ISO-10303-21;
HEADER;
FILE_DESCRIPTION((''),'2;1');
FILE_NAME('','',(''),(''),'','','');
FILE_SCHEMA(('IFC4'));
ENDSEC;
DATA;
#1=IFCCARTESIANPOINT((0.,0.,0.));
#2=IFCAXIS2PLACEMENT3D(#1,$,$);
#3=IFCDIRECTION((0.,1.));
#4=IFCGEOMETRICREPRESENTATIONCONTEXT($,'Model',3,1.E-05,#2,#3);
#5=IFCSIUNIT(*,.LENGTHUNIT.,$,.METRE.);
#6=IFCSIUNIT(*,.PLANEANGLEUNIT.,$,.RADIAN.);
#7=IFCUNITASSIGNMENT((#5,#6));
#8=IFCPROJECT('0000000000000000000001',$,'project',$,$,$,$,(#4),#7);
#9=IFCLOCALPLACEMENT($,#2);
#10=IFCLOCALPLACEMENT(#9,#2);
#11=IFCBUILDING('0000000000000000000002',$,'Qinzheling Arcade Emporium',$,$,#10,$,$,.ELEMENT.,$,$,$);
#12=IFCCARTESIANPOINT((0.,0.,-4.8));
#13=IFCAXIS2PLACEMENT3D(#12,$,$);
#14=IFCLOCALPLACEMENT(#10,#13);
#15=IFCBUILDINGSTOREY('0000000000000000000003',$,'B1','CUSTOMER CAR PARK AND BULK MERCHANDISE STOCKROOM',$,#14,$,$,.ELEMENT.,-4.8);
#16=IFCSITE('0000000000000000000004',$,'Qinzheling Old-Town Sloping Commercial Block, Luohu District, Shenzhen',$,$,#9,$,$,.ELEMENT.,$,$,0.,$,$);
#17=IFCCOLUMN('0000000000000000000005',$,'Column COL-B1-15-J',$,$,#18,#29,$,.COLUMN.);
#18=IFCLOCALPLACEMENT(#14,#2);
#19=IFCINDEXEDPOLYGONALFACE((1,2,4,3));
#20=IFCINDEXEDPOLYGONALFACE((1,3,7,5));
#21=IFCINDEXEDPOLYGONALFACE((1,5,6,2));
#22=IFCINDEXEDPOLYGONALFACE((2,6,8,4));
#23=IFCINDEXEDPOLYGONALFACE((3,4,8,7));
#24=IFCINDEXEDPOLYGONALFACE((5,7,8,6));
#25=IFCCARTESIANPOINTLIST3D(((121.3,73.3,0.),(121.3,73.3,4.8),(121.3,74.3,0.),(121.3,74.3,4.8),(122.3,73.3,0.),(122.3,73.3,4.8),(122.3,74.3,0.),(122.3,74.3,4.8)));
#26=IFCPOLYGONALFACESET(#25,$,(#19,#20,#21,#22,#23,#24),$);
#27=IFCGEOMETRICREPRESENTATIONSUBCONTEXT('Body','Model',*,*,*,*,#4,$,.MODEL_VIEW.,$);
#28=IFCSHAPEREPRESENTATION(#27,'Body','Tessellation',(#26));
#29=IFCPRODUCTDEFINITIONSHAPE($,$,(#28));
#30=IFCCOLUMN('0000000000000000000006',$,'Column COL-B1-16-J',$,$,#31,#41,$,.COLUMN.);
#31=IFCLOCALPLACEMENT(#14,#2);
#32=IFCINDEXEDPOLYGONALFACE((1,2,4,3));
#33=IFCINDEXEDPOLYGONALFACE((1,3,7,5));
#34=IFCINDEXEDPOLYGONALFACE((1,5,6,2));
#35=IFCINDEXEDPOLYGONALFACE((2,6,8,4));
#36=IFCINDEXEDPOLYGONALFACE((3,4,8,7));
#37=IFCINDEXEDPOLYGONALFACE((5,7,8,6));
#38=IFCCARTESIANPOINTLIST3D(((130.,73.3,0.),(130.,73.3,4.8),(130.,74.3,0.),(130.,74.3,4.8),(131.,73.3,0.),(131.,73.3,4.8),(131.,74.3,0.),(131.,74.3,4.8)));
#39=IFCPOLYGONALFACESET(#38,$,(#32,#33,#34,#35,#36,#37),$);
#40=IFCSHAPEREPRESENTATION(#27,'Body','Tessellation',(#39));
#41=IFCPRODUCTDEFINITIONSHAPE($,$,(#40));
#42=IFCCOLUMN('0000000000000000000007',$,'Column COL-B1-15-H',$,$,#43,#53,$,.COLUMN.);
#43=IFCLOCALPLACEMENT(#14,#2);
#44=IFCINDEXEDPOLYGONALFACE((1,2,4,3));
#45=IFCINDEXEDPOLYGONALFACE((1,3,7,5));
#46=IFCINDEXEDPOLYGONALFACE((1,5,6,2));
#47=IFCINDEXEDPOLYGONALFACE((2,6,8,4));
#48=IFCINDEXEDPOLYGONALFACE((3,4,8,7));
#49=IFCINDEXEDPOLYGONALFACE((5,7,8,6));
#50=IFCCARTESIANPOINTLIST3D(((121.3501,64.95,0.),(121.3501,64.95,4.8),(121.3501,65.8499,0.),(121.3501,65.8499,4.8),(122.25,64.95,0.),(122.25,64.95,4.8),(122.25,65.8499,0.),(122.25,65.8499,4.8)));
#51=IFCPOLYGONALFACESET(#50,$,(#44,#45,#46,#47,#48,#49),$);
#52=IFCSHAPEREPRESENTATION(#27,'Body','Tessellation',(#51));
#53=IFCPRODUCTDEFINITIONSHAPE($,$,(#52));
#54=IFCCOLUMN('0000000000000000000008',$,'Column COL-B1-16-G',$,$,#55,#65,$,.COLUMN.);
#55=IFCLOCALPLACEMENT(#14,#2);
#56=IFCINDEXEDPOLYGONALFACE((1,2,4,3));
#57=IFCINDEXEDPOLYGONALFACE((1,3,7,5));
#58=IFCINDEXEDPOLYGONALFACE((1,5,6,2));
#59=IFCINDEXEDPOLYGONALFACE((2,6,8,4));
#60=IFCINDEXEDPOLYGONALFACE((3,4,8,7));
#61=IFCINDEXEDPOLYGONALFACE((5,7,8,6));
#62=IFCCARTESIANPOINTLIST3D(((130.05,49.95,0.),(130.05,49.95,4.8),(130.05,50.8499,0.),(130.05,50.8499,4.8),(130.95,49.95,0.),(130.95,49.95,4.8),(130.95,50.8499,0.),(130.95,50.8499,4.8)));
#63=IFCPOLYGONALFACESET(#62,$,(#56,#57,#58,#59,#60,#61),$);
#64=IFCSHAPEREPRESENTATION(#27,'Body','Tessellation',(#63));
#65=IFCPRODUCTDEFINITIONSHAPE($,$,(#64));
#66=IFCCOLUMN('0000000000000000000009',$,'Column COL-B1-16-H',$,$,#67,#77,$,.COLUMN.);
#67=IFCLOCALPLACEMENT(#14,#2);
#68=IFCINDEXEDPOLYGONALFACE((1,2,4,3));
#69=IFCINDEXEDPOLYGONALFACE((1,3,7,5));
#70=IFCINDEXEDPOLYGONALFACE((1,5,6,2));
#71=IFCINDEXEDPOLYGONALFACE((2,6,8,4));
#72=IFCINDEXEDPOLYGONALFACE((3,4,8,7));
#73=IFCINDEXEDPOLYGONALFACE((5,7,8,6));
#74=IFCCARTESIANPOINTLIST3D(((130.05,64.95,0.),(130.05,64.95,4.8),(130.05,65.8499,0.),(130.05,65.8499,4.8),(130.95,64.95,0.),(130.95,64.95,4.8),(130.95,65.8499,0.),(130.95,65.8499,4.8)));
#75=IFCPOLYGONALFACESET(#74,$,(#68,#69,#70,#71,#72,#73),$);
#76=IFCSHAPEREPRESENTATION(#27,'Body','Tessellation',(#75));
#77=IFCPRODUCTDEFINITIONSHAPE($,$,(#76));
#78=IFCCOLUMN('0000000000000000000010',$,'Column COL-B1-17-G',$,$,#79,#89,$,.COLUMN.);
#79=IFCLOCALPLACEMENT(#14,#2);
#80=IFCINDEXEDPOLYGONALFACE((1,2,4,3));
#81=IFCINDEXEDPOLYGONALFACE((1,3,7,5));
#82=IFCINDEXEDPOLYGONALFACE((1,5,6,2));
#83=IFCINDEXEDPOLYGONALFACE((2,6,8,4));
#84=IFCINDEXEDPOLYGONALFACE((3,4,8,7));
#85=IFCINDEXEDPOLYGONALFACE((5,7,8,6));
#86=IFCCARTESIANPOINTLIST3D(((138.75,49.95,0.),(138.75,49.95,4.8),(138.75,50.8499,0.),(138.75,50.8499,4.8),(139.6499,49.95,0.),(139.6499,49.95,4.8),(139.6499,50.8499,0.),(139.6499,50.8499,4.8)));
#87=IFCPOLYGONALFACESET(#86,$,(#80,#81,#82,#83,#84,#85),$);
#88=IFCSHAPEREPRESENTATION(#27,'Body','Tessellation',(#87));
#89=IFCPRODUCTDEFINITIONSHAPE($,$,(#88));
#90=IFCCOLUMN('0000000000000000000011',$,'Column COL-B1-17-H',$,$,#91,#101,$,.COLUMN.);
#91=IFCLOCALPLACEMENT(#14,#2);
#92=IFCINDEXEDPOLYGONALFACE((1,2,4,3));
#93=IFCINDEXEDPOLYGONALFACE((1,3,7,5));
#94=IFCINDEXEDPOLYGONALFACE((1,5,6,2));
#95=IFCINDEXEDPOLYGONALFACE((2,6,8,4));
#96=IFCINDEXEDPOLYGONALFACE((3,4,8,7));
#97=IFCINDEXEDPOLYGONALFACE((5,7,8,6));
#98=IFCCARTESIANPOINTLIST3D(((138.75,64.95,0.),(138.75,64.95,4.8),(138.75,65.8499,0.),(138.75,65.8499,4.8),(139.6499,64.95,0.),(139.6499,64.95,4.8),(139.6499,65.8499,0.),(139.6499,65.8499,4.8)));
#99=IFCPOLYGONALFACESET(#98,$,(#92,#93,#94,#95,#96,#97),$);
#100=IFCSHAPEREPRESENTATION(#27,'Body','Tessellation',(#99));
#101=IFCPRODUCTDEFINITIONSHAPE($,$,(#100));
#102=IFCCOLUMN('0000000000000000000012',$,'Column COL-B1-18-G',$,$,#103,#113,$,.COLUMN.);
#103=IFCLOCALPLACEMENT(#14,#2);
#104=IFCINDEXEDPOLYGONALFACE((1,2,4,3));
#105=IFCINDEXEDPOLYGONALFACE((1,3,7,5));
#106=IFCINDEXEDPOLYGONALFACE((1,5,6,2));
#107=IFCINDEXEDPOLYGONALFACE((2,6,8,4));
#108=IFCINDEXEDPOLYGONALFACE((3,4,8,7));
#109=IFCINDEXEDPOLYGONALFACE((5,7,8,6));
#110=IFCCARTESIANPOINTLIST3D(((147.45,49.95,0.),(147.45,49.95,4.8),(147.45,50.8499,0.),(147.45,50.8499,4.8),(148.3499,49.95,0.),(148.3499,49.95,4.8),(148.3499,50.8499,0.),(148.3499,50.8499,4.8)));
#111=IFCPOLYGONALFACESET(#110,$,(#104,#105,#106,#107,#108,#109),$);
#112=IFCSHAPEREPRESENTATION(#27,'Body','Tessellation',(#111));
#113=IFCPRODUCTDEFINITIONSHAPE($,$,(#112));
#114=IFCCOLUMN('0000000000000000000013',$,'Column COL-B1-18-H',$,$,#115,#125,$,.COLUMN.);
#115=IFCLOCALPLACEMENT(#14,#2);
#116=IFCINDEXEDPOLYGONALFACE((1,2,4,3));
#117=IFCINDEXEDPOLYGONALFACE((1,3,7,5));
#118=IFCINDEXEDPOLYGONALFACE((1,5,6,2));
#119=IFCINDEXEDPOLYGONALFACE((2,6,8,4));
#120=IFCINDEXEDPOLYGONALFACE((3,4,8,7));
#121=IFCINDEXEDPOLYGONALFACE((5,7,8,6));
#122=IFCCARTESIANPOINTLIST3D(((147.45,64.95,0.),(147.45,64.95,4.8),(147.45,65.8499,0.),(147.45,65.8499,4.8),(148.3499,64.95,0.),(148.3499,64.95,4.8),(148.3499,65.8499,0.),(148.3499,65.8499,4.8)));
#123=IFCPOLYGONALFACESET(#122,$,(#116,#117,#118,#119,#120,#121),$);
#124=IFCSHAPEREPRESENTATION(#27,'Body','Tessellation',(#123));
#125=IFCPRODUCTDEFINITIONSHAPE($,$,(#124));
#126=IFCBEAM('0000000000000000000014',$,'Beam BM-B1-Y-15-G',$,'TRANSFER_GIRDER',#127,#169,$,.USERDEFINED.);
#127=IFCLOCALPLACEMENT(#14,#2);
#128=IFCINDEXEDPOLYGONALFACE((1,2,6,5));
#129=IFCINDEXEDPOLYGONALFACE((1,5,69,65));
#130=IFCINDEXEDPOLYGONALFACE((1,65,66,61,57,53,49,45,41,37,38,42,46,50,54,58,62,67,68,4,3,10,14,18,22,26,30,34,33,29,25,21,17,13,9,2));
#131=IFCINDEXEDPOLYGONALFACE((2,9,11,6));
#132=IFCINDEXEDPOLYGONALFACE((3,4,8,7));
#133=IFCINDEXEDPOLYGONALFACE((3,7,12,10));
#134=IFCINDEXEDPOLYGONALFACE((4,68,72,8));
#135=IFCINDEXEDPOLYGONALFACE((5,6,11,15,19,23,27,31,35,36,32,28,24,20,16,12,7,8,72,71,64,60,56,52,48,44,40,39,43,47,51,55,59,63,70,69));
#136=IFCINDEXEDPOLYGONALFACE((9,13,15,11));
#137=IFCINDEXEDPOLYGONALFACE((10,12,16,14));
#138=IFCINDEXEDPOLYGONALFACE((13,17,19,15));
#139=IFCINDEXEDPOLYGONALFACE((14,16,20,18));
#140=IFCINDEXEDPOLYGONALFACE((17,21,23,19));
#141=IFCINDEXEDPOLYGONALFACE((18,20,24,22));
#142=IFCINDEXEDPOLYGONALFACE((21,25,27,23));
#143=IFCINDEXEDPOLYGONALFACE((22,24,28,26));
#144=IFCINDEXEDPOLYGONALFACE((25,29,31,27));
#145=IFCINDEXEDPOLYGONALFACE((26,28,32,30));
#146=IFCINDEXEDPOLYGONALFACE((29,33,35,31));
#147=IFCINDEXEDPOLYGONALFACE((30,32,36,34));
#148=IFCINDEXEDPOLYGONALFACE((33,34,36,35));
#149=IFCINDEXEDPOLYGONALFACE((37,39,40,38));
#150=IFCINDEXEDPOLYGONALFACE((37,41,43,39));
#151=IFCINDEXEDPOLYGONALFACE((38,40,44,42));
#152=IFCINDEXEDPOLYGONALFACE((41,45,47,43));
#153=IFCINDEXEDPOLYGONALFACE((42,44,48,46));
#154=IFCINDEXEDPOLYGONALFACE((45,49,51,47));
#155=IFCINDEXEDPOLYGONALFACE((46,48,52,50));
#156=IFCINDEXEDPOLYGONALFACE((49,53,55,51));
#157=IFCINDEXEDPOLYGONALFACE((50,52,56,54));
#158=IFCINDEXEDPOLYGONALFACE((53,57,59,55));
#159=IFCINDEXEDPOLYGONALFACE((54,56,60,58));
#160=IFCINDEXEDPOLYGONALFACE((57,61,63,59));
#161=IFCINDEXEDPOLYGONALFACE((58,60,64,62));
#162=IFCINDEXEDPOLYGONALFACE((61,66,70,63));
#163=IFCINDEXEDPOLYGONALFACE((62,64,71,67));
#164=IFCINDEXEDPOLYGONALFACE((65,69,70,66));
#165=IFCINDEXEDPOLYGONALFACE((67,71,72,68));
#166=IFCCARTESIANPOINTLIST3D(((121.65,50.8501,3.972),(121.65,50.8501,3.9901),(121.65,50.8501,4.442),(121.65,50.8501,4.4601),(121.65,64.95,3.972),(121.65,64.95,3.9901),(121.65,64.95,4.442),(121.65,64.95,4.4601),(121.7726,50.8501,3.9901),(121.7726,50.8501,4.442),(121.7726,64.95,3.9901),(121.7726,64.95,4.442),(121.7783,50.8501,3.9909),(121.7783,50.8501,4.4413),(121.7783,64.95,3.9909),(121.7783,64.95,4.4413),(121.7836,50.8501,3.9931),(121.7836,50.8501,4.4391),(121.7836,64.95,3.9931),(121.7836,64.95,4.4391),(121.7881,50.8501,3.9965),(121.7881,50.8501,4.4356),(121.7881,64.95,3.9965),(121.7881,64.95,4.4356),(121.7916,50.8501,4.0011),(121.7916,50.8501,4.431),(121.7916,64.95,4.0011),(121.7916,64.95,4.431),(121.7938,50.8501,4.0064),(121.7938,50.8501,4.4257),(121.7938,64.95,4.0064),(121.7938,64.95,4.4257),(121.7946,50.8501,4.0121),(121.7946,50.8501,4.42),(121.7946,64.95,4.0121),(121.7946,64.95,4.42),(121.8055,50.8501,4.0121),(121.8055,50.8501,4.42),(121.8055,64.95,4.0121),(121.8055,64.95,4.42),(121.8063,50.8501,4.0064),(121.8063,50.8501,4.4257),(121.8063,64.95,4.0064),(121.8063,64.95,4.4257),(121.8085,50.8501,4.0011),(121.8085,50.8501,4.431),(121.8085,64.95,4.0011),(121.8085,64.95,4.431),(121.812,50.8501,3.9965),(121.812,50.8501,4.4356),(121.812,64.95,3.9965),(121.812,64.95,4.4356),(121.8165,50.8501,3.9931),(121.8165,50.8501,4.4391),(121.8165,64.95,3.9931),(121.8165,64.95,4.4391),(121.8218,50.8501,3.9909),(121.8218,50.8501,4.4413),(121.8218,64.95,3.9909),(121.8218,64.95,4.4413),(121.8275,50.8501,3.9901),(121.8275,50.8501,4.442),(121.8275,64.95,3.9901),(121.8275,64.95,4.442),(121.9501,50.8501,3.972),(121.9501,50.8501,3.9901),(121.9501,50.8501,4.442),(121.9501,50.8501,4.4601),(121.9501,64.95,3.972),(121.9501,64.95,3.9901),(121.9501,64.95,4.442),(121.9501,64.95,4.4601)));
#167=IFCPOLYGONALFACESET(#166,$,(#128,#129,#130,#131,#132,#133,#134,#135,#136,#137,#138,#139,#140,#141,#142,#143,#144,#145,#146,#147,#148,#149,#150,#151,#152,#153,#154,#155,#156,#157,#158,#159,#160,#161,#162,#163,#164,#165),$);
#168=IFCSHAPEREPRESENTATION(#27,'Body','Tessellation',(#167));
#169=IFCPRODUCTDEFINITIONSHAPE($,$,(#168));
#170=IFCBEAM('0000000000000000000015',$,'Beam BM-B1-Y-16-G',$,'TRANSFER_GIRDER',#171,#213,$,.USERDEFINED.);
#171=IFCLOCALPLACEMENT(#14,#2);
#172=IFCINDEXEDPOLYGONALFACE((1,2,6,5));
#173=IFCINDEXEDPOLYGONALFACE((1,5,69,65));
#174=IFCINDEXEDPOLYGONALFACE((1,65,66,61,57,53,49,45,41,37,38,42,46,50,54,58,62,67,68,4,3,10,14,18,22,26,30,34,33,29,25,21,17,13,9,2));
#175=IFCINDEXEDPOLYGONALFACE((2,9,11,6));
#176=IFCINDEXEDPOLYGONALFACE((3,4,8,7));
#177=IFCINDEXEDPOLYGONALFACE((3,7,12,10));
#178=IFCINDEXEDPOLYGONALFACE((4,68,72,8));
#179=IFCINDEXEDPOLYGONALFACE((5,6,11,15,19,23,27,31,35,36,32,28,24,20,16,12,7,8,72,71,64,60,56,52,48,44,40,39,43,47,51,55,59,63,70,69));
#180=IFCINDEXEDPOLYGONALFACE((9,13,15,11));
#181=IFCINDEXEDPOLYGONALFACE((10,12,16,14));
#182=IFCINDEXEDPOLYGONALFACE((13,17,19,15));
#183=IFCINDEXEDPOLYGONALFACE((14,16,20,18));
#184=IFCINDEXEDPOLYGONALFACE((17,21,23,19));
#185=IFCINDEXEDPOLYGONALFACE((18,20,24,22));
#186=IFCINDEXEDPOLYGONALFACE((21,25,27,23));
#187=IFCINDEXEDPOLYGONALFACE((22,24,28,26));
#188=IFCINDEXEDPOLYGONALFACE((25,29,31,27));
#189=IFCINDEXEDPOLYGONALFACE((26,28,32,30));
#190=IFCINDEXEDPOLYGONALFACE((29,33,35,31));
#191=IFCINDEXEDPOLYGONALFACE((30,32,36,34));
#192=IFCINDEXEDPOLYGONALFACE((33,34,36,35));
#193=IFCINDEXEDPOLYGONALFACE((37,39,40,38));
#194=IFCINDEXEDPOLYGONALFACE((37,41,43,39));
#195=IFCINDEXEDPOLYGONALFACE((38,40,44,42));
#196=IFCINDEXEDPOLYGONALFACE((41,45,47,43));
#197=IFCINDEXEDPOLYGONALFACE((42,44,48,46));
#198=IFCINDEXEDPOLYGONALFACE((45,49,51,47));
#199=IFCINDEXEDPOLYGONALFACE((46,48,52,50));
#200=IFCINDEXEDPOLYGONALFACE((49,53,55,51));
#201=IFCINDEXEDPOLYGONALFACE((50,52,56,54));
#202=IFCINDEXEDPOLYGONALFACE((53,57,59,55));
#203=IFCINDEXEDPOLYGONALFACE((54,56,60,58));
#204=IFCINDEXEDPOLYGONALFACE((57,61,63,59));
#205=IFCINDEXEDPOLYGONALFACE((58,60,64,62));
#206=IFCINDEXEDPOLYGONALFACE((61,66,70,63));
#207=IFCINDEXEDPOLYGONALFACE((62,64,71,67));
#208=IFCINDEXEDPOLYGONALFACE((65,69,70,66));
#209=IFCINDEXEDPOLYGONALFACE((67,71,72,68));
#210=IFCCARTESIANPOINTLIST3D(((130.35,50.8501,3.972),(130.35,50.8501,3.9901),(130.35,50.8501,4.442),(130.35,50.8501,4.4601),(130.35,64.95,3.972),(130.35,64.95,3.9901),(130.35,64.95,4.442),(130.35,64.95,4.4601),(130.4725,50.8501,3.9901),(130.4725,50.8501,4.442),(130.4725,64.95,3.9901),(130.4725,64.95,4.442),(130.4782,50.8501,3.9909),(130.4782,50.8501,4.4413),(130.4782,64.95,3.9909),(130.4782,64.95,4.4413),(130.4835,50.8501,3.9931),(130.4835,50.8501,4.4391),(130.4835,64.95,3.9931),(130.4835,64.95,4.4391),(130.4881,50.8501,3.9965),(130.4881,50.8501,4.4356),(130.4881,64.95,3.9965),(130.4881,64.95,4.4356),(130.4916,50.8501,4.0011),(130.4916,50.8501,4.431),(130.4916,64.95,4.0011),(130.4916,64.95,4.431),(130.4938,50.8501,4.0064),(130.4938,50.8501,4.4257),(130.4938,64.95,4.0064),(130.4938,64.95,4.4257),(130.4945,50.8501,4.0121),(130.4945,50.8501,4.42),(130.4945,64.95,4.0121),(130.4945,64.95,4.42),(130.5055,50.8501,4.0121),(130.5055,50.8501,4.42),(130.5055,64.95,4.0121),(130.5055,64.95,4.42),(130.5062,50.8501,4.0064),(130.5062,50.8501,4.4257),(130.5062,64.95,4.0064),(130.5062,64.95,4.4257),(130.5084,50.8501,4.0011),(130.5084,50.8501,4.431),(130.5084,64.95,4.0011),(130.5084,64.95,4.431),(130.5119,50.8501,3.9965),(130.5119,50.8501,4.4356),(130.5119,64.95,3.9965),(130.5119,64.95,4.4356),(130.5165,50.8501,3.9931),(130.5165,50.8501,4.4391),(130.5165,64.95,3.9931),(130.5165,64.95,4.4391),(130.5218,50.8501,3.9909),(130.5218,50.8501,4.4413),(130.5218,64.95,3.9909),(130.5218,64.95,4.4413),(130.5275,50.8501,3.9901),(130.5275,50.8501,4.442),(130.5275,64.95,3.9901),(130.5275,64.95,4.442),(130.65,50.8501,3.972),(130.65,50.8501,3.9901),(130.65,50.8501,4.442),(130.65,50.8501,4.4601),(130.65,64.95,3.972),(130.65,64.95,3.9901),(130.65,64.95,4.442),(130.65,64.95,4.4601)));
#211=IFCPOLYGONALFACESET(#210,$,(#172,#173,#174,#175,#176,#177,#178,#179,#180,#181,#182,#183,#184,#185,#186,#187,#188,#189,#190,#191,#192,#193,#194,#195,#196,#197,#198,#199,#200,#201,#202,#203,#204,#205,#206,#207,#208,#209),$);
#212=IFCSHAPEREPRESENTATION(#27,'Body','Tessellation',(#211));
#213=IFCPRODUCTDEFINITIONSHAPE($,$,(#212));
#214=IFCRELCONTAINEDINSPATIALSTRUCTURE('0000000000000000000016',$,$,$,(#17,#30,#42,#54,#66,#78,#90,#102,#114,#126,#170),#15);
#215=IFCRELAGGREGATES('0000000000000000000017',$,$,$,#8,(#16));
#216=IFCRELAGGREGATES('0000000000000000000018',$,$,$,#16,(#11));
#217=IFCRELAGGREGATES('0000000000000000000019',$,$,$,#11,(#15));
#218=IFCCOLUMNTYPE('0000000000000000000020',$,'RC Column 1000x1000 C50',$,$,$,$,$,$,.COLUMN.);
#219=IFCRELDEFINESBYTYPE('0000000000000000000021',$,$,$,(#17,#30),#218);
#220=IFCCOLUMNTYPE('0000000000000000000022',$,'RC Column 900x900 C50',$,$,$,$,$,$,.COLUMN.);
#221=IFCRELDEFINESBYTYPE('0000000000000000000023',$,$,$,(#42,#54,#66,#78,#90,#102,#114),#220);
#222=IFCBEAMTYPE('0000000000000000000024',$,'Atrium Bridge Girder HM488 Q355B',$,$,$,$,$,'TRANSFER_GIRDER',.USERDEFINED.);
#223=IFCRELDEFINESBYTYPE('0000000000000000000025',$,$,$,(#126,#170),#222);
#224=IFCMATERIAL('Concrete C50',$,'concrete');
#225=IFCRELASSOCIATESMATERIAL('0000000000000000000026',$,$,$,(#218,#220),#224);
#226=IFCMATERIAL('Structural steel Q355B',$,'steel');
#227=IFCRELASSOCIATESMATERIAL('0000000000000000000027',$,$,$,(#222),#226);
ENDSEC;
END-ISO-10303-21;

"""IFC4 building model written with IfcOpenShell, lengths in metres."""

from ifc_helpers import new_model, si_unit, direction, frame, origin, origin_2d, place, context, subcontext, project, spatial, rectangle, i_section, extrude, material, material_profile, profile_set, type_object, element, save


model = new_model("IFC4")

# Units and contexts
model_context = context("Model", 3, precision=1e-05, world=origin(), true_north=direction((0.0, 1.0)))
body_context = subcontext(model_context, "Body", "Model", "MODEL_VIEW")
ifc_project = project(units=[si_unit("LENGTHUNIT", "METRE"), si_unit("PLANEANGLEUNIT", "RADIAN")], contexts=[model_context])

# Site, building, storey
site_placement = place(None, origin())
site = spatial("IfcSite", under=ifc_project, at=site_placement, Name="Qinzheling Old-Town Sloping Commercial Block, Luohu District, Shenzhen", CompositionType="ELEMENT", RefElevation=0.0)
building_placement = place(site_placement, origin())
building = spatial("IfcBuilding", under=site, at=building_placement, Name="Qinzheling Arcade Emporium", CompositionType="ELEMENT")
storey_placement = place(building_placement, frame((0.0, 0.0, -4.8)))
storey = spatial("IfcBuildingStorey", under=building, at=storey_placement, Name="B1", Description="CUSTOMER CAR PARK AND BULK MERCHANDISE STOCKROOM", CompositionType="ELEMENT", Elevation=-4.8)

# Columns
ifc_material_1 = material(Name="Concrete C50", Category="concrete")
ifc_material_profile_1 = material_profile(ifc_material_1, rectangle(XDim=1.0, YDim=1.0, at=origin_2d()), Name="RC 1000x1000", Category="concrete")
ifc_profile_set_1 = profile_set([ifc_material_profile_1], Name="Concrete C50")
column_type_1 = type_object("IfcColumnType", Name="RC Column 1000x1000 C50", PredefinedType="COLUMN", material=ifc_profile_set_1)
for number, where, z_axis, x_axis, name in (
    (1, (121.8, 73.8, 0.0), (0.0, 0.0, 1.0), (1.0, 0.0, 0.0), "Column COL-B1-15-J"),
    (2, (130.5, 73.8, 0.0), (0.0, 0.0, 1.0), (1.0, 0.0, 0.0), "Column COL-B1-16-J"),
):
    element("IfcColumn", number, at=place(storey_placement, frame(where, z_axis=z_axis, x_axis=x_axis)), inside=storey, type_object=column_type_1, Name=name, PredefinedType="COLUMN", context=body_context, shape_type="SweptSolid", body=[
        extrude(rectangle(XDim=1.0, YDim=1.0, at=origin_2d()), origin(), (0.0, 0.0, 1.0), 4.8),
    ])
ifc_material_profile_2 = material_profile(ifc_material_1, rectangle(XDim=0.8999, YDim=0.8999, at=origin_2d()), Name="RC 900x900", Category="concrete")
ifc_profile_set_2 = profile_set([ifc_material_profile_2], Name="Concrete C50")
column_type_2 = type_object("IfcColumnType", Name="RC Column 900x900 C50", PredefinedType="COLUMN", material=ifc_profile_set_2)
for number, where, z_axis, x_axis, name in (
    (3, (121.8, 65.3999, 0.0), (0.0, 0.0, 1.0), (1.0, 0.0, 0.0), "Column COL-B1-15-H"),
    (4, (130.5, 50.3999, 0.0), (0.0, 0.0, 1.0), (1.0, 0.0, 0.0), "Column COL-B1-16-G"),
    (5, (130.5, 65.3999, 0.0), (0.0, 0.0, 1.0), (1.0, 0.0, 0.0), "Column COL-B1-16-H"),
    (6, (139.2, 50.3999, 0.0), (0.0, 0.0, 1.0), (1.0, 0.0, 0.0), "Column COL-B1-17-G"),
    (7, (139.2, 65.3999, 0.0), (0.0, 0.0, 1.0), (1.0, 0.0, 0.0), "Column COL-B1-17-H"),
    (8, (147.8999, 50.3999, 0.0), (0.0, 0.0, 1.0), (1.0, 0.0, 0.0), "Column COL-B1-18-G"),
    (9, (147.8999, 65.3999, 0.0), (0.0, 0.0, 1.0), (1.0, 0.0, 0.0), "Column COL-B1-18-H"),
):
    element("IfcColumn", number, at=place(storey_placement, frame(where, z_axis=z_axis, x_axis=x_axis)), inside=storey, type_object=column_type_2, Name=name, PredefinedType="COLUMN", context=body_context, shape_type="SweptSolid", body=[
        extrude(rectangle(XDim=0.8999, YDim=0.8999, at=origin_2d()), origin(), (0.0, 0.0, 1.0), 4.8),
    ])

# Beams
ifc_material_2 = material(Name="Structural steel Q355B", Category="steel")
ifc_material_profile_3 = material_profile(ifc_material_2, i_section(OverallWidth=0.3, OverallDepth=0.488, WebThickness=0.011, FlangeThickness=0.0181, FilletRadius=0.022, at=origin_2d()), Name="HM 488x300x11x18", Category="steel")
ifc_profile_set_3 = profile_set([ifc_material_profile_3], Name="Structural steel Q355B")
beam_type_1 = type_object("IfcBeamType", Name="Atrium Bridge Girder HM488 Q355B", ElementType="TRANSFER_GIRDER", PredefinedType="USERDEFINED", material=ifc_profile_set_3)
for number, where, z_axis, x_axis, name in (
    (10, (121.8, 50.8501, 4.2161), (0.0, 1.0, 0.0), (-1.0, 0.0, 0.0), "Beam BM-B1-Y-15-G"),
    (11, (130.5, 50.8501, 4.2161), (0.0, 1.0, 0.0), (-1.0, 0.0, 0.0), "Beam BM-B1-Y-16-G"),
):
    element("IfcBeam", number, at=place(storey_placement, frame(where, z_axis=z_axis, x_axis=x_axis)), inside=storey, type_object=beam_type_1, Name=name, ObjectType="TRANSFER_GIRDER", PredefinedType="USERDEFINED", context=body_context, shape_type="SweptSolid", body=[
        extrude(i_section(OverallWidth=0.3, OverallDepth=0.488, WebThickness=0.011, FlangeThickness=0.0181, FilletRadius=0.022, at=origin_2d()), origin(), (0.0, 0.0, 1.0), 14.0999),
    ])

save(model, "model.ifc")
